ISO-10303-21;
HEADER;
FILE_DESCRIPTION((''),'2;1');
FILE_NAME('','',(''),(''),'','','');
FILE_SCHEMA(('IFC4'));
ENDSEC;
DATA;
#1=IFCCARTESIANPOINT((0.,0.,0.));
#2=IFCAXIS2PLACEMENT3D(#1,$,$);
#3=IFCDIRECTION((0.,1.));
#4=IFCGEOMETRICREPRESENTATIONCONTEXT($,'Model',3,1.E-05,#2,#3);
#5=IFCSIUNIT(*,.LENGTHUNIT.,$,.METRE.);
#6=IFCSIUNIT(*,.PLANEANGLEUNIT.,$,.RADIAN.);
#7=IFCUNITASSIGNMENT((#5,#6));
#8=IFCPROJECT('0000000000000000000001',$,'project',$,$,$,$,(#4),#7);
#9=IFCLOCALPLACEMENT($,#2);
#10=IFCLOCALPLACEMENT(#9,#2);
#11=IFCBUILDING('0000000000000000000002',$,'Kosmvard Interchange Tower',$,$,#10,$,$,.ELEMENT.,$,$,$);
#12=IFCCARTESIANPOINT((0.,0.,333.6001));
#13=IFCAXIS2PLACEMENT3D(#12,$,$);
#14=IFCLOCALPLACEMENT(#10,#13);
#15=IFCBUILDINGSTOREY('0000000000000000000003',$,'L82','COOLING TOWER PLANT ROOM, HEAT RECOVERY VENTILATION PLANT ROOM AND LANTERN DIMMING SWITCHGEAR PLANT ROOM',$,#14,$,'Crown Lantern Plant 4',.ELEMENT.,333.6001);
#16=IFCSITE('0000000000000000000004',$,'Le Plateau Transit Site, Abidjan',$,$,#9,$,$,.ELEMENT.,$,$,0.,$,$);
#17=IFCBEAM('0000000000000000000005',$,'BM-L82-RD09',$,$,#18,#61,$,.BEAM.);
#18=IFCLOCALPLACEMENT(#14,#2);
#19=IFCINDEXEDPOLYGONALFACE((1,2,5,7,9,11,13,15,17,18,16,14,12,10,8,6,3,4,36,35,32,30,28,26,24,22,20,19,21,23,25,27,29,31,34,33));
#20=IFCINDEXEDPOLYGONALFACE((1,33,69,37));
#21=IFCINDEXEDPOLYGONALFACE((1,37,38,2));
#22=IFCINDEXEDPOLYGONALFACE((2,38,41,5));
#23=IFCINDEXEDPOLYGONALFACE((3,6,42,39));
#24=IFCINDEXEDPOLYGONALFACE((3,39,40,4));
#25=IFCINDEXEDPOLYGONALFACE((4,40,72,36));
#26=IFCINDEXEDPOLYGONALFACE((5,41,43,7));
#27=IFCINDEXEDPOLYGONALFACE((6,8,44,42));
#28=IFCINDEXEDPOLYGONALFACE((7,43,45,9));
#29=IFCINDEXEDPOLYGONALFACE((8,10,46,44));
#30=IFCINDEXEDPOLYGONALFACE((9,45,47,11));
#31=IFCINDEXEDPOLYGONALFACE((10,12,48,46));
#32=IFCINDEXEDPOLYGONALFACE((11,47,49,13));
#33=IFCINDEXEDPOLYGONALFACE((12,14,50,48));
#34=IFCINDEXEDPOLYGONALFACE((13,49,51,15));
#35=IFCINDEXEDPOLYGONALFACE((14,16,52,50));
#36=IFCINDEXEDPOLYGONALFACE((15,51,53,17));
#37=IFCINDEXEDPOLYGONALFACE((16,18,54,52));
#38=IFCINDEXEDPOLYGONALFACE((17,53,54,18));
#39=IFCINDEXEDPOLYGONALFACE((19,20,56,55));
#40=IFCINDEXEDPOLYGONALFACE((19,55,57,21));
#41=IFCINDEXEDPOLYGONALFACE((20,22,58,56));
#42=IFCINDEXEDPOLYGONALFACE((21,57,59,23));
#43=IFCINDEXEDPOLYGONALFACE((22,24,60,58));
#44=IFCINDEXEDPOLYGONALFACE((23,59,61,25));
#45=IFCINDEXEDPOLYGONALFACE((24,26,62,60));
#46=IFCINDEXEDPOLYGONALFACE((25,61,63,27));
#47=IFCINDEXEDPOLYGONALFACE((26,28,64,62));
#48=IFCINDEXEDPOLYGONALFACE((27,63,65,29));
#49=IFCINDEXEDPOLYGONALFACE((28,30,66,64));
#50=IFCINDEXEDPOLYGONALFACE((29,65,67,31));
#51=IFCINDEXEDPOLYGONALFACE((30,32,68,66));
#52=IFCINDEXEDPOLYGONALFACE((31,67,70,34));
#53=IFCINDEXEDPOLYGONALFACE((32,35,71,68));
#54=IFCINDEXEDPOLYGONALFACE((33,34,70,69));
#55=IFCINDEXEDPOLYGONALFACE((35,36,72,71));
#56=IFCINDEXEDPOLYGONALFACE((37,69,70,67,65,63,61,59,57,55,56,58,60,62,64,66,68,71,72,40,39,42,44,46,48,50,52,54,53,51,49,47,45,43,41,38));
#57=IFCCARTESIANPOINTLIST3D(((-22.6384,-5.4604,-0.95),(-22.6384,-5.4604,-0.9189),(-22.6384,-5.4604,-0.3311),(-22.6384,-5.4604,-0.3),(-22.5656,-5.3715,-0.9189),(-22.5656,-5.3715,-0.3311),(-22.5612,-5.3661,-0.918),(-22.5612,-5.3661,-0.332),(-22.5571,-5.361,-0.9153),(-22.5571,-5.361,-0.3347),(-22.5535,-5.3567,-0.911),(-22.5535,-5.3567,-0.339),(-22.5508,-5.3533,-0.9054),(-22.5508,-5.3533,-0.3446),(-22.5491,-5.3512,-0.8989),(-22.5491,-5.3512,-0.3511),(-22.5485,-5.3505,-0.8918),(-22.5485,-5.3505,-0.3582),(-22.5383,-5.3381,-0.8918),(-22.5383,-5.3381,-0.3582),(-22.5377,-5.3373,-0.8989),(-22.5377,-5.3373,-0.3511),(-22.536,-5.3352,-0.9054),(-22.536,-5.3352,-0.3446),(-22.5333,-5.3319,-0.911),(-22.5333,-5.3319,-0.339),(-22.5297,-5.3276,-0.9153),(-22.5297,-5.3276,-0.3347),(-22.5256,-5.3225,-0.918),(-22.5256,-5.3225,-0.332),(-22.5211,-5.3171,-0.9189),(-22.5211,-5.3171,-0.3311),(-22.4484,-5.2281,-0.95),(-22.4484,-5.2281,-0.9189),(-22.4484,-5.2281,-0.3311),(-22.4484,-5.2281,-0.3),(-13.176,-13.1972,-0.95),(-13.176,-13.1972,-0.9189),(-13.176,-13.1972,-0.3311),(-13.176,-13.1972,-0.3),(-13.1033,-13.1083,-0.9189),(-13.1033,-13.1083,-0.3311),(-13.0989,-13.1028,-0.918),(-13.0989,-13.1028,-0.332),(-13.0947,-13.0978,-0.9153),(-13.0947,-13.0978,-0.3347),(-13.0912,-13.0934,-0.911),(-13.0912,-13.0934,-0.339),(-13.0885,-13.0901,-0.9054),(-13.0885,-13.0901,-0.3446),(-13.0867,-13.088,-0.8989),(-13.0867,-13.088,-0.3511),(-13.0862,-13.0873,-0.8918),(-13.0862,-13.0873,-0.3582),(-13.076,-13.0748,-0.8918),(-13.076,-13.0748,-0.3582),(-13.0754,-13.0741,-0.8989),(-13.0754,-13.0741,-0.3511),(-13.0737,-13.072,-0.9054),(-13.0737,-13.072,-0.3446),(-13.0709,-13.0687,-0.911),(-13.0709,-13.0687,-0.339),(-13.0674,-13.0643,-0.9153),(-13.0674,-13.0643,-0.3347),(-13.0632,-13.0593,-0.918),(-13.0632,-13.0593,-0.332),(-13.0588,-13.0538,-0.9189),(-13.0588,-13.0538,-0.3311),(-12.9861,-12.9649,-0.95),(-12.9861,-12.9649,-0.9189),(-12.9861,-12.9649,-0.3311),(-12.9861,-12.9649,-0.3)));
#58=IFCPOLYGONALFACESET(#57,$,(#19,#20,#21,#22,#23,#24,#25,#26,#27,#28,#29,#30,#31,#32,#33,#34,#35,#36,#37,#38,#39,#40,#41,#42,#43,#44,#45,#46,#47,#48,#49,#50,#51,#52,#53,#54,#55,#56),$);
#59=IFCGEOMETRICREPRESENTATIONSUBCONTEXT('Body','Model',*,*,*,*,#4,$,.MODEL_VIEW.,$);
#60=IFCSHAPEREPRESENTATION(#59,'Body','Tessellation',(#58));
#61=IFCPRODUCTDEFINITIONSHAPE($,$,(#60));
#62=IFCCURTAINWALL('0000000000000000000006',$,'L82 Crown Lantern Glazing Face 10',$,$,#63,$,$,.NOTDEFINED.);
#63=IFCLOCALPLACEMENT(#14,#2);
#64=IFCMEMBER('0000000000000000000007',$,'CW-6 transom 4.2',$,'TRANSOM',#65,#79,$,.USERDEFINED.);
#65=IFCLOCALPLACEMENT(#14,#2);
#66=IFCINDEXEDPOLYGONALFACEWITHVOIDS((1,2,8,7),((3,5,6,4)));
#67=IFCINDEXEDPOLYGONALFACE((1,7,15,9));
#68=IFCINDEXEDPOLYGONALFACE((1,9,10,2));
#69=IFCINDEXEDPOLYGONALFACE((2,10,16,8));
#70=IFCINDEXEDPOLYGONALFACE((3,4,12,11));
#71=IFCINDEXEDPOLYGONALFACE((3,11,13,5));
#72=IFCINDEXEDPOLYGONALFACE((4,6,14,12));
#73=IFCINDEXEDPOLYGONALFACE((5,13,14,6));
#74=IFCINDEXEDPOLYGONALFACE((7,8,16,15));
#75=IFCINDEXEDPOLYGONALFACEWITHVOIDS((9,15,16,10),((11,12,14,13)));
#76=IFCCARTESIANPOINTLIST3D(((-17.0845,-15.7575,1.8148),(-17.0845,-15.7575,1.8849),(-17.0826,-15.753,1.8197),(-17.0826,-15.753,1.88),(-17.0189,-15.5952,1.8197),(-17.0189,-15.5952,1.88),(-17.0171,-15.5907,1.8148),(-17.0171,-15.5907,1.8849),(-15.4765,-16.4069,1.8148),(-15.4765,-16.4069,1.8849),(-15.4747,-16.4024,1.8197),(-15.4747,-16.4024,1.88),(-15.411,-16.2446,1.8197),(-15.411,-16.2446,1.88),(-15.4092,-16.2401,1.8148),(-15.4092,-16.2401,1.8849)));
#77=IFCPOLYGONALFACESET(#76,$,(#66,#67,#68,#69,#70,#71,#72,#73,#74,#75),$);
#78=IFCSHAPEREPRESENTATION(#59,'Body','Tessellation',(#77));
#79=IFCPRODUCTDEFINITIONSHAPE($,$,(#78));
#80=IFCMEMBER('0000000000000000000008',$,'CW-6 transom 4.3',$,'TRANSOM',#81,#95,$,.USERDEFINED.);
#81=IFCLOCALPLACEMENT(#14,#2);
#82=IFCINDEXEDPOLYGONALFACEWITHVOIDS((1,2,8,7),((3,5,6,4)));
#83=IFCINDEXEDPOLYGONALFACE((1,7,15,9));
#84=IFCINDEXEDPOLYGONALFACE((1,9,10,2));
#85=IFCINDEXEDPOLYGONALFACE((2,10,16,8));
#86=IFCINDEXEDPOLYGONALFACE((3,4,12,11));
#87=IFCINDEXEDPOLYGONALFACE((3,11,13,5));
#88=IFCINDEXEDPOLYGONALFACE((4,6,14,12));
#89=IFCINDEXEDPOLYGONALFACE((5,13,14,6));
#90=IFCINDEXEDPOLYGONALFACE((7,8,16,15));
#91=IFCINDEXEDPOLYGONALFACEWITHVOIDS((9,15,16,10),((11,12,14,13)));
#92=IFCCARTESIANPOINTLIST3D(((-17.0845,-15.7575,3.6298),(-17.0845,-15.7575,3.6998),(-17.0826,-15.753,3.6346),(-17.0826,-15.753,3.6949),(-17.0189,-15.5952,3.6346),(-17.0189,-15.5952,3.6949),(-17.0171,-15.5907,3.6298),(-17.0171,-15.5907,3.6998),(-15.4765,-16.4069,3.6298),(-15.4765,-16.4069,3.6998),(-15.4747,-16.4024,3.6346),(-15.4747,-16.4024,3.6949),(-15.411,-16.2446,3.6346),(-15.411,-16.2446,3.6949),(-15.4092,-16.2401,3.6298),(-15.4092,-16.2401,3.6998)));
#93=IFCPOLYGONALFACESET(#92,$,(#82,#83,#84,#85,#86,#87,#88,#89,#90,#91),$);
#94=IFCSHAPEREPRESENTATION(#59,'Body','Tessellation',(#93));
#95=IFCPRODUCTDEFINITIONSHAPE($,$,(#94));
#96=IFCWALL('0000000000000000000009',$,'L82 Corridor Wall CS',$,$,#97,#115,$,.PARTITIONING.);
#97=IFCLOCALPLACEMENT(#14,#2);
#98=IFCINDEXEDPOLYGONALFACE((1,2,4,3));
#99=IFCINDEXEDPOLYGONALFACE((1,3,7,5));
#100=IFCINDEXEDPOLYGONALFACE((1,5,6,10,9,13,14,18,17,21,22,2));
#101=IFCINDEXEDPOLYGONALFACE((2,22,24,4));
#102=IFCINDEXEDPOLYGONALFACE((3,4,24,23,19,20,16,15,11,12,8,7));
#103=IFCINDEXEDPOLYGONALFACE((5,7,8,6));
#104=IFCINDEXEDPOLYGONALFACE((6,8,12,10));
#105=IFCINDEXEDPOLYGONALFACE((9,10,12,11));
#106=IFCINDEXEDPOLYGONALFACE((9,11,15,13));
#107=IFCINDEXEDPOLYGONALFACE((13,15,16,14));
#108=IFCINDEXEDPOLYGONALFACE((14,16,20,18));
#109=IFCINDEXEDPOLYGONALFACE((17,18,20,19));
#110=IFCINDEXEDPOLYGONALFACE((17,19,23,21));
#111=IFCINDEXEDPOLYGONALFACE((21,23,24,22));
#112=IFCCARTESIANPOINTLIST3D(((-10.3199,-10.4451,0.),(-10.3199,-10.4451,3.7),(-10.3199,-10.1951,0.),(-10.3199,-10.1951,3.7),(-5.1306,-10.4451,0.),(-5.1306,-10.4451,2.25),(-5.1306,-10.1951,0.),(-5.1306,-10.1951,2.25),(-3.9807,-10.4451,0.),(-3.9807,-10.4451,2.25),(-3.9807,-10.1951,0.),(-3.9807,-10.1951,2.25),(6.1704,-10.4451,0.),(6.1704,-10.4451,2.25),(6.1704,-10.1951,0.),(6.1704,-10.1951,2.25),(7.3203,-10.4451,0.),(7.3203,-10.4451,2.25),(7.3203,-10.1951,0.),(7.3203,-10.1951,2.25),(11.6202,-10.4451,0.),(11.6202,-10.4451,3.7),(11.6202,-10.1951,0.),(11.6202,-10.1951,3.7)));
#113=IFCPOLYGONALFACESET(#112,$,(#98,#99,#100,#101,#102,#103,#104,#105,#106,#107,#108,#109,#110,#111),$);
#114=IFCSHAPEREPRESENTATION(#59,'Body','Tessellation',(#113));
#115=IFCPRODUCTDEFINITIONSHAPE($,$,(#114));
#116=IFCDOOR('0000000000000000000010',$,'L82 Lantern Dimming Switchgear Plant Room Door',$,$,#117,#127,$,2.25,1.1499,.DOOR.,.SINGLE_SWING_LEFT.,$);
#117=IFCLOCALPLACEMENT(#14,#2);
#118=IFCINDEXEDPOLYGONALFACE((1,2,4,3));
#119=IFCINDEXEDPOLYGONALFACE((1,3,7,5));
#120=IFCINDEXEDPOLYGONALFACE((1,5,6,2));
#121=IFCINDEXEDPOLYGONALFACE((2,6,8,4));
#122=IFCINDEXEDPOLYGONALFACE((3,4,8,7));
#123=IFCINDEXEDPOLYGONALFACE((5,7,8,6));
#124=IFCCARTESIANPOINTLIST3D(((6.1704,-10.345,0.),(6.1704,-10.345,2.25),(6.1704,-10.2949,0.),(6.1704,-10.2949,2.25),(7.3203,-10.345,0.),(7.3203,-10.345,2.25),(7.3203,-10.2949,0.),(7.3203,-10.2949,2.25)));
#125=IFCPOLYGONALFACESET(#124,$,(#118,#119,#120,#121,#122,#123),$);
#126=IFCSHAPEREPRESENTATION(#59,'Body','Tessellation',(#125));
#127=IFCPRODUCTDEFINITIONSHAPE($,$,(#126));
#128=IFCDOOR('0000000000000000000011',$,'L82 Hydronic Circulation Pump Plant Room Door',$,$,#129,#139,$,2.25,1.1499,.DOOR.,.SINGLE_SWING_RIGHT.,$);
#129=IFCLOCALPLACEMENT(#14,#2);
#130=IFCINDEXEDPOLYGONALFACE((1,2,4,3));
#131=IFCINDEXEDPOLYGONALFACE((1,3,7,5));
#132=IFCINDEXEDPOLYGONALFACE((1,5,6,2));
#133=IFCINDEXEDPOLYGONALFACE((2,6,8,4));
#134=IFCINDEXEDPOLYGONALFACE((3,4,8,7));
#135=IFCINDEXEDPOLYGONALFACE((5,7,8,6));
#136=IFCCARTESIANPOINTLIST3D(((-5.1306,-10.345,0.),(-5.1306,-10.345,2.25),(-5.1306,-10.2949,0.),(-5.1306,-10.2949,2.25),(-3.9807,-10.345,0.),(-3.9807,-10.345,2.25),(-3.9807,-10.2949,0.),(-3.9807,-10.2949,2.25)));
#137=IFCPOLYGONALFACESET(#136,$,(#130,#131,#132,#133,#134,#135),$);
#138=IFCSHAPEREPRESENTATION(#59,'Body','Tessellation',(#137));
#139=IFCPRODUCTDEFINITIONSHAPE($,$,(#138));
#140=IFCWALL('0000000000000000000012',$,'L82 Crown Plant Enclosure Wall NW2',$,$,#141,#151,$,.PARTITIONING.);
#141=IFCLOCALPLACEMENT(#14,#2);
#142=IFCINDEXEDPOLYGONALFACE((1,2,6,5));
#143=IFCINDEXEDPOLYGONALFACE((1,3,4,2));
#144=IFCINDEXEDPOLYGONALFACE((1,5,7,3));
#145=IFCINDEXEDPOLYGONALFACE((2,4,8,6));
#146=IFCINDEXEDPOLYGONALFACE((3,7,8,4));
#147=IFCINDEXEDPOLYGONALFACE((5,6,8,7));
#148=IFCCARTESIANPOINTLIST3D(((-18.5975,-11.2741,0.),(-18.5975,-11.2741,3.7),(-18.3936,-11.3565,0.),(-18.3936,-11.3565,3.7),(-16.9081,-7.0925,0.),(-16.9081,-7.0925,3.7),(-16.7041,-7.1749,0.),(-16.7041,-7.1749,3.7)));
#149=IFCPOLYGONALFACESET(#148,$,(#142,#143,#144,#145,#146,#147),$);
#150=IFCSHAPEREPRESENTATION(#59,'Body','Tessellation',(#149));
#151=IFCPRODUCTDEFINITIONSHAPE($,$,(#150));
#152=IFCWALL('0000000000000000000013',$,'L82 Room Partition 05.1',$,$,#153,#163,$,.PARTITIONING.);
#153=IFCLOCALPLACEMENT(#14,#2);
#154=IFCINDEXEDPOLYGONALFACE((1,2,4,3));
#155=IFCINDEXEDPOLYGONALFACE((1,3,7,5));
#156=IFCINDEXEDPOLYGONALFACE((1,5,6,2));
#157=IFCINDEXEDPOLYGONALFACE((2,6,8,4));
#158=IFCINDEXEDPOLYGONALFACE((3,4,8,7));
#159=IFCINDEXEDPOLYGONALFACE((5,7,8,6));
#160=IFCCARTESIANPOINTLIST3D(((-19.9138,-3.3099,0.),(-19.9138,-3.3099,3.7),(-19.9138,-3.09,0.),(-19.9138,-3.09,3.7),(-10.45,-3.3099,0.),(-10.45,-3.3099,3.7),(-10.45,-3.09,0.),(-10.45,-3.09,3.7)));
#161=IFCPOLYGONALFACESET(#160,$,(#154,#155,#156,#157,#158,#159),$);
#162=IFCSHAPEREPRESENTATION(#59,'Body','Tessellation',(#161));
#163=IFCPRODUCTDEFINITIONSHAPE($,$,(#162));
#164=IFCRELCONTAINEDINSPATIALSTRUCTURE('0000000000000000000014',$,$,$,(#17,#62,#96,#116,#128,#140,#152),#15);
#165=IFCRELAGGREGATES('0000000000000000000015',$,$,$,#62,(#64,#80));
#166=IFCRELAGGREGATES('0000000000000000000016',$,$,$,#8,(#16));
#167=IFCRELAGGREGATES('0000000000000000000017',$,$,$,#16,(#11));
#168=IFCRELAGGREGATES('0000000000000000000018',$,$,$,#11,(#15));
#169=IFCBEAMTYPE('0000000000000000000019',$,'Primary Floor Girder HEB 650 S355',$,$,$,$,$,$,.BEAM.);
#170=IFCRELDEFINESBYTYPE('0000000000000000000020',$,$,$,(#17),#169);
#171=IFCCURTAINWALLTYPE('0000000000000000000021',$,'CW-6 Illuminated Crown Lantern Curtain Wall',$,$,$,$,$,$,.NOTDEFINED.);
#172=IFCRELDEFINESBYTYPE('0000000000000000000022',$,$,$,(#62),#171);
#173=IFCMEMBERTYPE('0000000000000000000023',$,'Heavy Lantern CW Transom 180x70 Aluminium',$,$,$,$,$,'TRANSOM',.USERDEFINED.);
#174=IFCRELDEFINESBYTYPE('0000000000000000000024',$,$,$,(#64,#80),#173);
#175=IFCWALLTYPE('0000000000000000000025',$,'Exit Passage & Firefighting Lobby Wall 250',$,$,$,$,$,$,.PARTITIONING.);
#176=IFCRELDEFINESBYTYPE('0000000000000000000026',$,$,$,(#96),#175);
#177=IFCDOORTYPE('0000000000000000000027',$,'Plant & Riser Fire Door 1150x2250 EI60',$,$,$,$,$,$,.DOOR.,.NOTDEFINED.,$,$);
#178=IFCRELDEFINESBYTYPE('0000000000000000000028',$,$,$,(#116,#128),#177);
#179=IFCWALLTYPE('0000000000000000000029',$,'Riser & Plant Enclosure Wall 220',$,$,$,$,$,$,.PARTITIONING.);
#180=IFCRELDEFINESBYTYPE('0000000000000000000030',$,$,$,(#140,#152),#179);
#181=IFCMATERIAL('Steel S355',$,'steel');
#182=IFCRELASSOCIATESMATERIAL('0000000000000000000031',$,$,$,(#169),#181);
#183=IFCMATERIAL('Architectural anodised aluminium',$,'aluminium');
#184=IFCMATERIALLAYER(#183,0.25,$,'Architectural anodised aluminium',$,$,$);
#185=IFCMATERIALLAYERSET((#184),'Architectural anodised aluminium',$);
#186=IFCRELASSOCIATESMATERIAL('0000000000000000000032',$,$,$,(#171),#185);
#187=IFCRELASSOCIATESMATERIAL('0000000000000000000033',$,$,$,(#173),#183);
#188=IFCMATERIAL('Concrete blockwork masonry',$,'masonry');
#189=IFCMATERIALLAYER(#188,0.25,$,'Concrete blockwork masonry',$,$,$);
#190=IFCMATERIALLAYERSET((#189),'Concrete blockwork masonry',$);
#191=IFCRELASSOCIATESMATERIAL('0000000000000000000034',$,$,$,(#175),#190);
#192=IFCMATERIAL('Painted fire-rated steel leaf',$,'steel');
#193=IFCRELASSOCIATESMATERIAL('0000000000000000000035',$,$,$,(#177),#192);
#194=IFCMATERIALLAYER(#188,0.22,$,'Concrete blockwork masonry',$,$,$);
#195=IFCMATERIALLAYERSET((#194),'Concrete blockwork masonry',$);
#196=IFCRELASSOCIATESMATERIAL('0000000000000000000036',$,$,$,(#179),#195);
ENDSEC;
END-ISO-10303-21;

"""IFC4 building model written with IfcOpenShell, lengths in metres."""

from ifc_helpers import new_model, si_unit, direction, frame, frame_2d, origin, origin_2d, place, context, subcontext, project, spatial, rectangle, hollow_rectangle, i_section, extrude, source, transform, mapped, material, layer, layer_set, material_profile, profile_set, type_object, element, fill, aggregate, save


model = new_model("IFC4")

# Units and contexts
model_context = context("Model", 3, precision=1e-05, world=origin(), true_north=direction((0.0, 1.0)))
body_context = subcontext(model_context, "Body", "Model", "MODEL_VIEW")
ifc_project = project(units=[si_unit("LENGTHUNIT", "METRE"), si_unit("PLANEANGLEUNIT", "RADIAN")], contexts=[model_context])

# Site, building, storey
site_placement = place(None, origin())
site = spatial("IfcSite", under=ifc_project, at=site_placement, Name="Le Plateau Transit Site, Abidjan", CompositionType="ELEMENT", RefElevation=0.0)
building_placement = place(site_placement, origin())
building = spatial("IfcBuilding", under=site, at=building_placement, Name="Kosmvard Interchange Tower", CompositionType="ELEMENT")
storey_placement = place(building_placement, frame((0.0, 0.0, 333.6001)))
storey = spatial("IfcBuildingStorey", under=building, at=storey_placement, Name="L82", Description="COOLING TOWER PLANT ROOM, HEAT RECOVERY VENTILATION PLANT ROOM AND LANTERN DIMMING SWITCHGEAR PLANT ROOM", LongName="Crown Lantern Plant 4", CompositionType="ELEMENT", Elevation=333.6001)

# Beam
ifc_material_1 = material(Name="Steel S355", Category="steel")
ifc_material_profile_1 = material_profile(ifc_material_1, i_section(OverallWidth=0.3, OverallDepth=0.6499, WebThickness=0.0161, FlangeThickness=0.031, FilletRadius=0.0271, at=origin_2d()), Name="HEB 650")
ifc_profile_set_1 = profile_set([ifc_material_profile_1], Name="Steel S355")
beam_type_1 = type_object("IfcBeamType", Name="Primary Floor Girder HEB 650 S355", PredefinedType="BEAM", material=ifc_profile_set_1)
shared_shape_1 = source(origin(), body_context, "Body", "SweptSolid", [
    extrude(i_section(OverallWidth=0.3, OverallDepth=0.6499, WebThickness=0.0161, FlangeThickness=0.031, FilletRadius=0.0271, at=origin_2d()), origin(), (0.0, 0.0, 1.0), 12.2227),
])
beam_1_placement = place(storey_placement, frame((-13.0811, -13.0811, -0.625), z_axis=(-0.774164, 0.632985, 0.0), x_axis=(-0.632985, -0.774164, 0.0)))
element("IfcBeam", 1, at=beam_1_placement, inside=storey, type_object=beam_type_1, Name="BM-L82-RD09", PredefinedType="BEAM", context=body_context, shape_type="MappedRepresentation", body=[
    mapped(shared_shape_1, transform((0.0, 0.0, 0.0), scale=1.0)),
])

# Curtain wall, members
ifc_material_2 = material(Name="Architectural anodised aluminium", Category="aluminium")
ifc_layer_1 = layer(ifc_material_2, 0.25, Name="Architectural anodised aluminium")
ifc_layer_set_1 = layer_set([ifc_layer_1], Name="Architectural anodised aluminium")
curtain_wall_type = type_object("IfcCurtainWallType", Name="CW-6 Illuminated Crown Lantern Curtain Wall", PredefinedType="NOTDEFINED", material=ifc_layer_set_1)
curtain_wall_placement = place(storey_placement, origin())
curtain_wall = element("IfcCurtainWall", 2, at=curtain_wall_placement, inside=storey, type_object=curtain_wall_type, Name="L82 Crown Lantern Glazing Face 10", PredefinedType="NOTDEFINED")
ifc_material_profile_2 = material_profile(ifc_material_2, hollow_rectangle(XDim=0.1799, YDim=0.0701, WallThickness=0.0049, at=origin_2d()), Name="CWT 180x70x5")
ifc_profile_set_2 = profile_set([ifc_material_profile_2], Name="Architectural anodised aluminium")
member_type = type_object("IfcMemberType", Name="Heavy Lantern CW Transom 180x70 Aluminium", ElementType="TRANSOM", PredefinedType="USERDEFINED", material=ifc_profile_set_2)
shared_shape_2 = source(origin(), body_context, "Body", "SweptSolid", [
    extrude(hollow_rectangle(XDim=0.1799, YDim=0.0701, WallThickness=0.0049, at=origin_2d()), origin(), (0.0, 0.0, 1.0), 1.7341),
])
member_1_placement = place(storey_placement, frame((-17.0508, -15.6741, 1.8499), z_axis=(0.927229, -0.374496, 0.0), x_axis=(0.374496, 0.927229, 0.0)))
member_1 = element("IfcMember", 3, at=member_1_placement, type_object=member_type, Name="CW-6 transom 4.2", ObjectType="TRANSOM", PredefinedType="USERDEFINED", context=body_context, shape_type="MappedRepresentation", body=[
    mapped(shared_shape_2, transform((0.0, 0.0, 0.0), scale=1.0)),
])
member_2_placement = place(storey_placement, frame((-17.0508, -15.6741, 3.6648), z_axis=(0.927229, -0.374496, 0.0), x_axis=(0.374496, 0.927229, 0.0)))
member_2 = element("IfcMember", 4, at=member_2_placement, type_object=member_type, Name="CW-6 transom 4.3", ObjectType="TRANSOM", PredefinedType="USERDEFINED", context=body_context, shape_type="MappedRepresentation", body=[
    mapped(shared_shape_2, transform((0.0, 0.0, 0.0), scale=1.0)),
])
aggregate(curtain_wall, [member_1, member_2])

# Wall, openings, doors
ifc_material_3 = material(Name="Concrete blockwork masonry", Category="masonry")
ifc_layer_2 = layer(ifc_material_3, 0.25, Name="Concrete blockwork masonry")
ifc_layer_set_2 = layer_set([ifc_layer_2], Name="Concrete blockwork masonry")
wall_type_1 = type_object("IfcWallType", Name="Exit Passage & Firefighting Lobby Wall 250", PredefinedType="PARTITIONING", material=ifc_layer_set_2)
wall_1_placement = place(storey_placement, frame((-10.3201, -10.3201, 0.0), z_axis=(0.0, 0.0, 1.0), x_axis=(1.0, 0.0, 0.0)))
wall_1 = element("IfcWall", 5, at=wall_1_placement, inside=storey, type_object=wall_type_1, Name="L82 Corridor Wall CS", PredefinedType="PARTITIONING", context=body_context, shape_type="SweptSolid", body=[
    extrude(rectangle(XDim=21.9402, YDim=0.25, at=frame_2d((10.9702, 0.0))), origin(), (0.0, 0.0, 1.0), 3.7),
])
opening_1_placement = place(wall_1_placement, frame((16.4905, 0.0, 0.0)))
opening_1 = element("IfcOpeningElement", 6, at=opening_1_placement, cuts=wall_1, PredefinedType="OPENING", context=body_context, shape_type="SweptSolid", body=[
    extrude(rectangle(XDim=1.1499, YDim=2.25, at=frame_2d((0.575, 1.125))), frame((0.0, 0.135, 0.0), z_axis=(0.0, -1.0, 0.0), x_axis=(1.0, 0.0, 0.0)), (0.0, 0.0, 1.0), 0.27),
])
opening_2_placement = place(wall_1_placement, frame((5.1895, 0.0, 0.0)))
opening_2 = element("IfcOpeningElement", 7, at=opening_2_placement, cuts=wall_1, PredefinedType="OPENING", context=body_context, shape_type="SweptSolid", body=[
    extrude(rectangle(XDim=1.1499, YDim=2.25, at=frame_2d((0.575, 1.125))), frame((0.0, 0.135, 0.0), z_axis=(0.0, -1.0, 0.0), x_axis=(1.0, 0.0, 0.0)), (0.0, 0.0, 1.0), 0.27),
])
ifc_material_4 = material(Name="Painted fire-rated steel leaf", Category="steel")
door_type = type_object("IfcDoorType", Name="Plant & Riser Fire Door 1150x2250 EI60", OperationType="NOTDEFINED", PredefinedType="DOOR", material=ifc_material_4)
shared_shape_3 = source(origin(), body_context, "Body", "SweptSolid", [
    extrude(rectangle(XDim=1.1499, YDim=2.25, at=frame_2d((0.575, 1.125))), frame((0.0, 0.0249, 0.0), z_axis=(0.0, -1.0, 0.0), x_axis=(1.0, 0.0, 0.0)), (0.0, 0.0, 1.0), 0.05),
])
door_1_placement = place(opening_1_placement, frame((1.1499, 0.0, 0.0), z_axis=(0.0, 0.0, 1.0), x_axis=(-1.0, 0.0, 0.0)))
door_1 = element("IfcDoor", 8, at=door_1_placement, inside=storey, type_object=door_type, Name="L82 Lantern Dimming Switchgear Plant Room Door", OperationType="SINGLE_SWING_LEFT", OverallHeight=2.25, OverallWidth=1.1499, PredefinedType="DOOR", context=body_context, shape_type="MappedRepresentation", body=[
    mapped(shared_shape_3, transform((0.0, 0.0, 0.0), scale=1.0)),
])
fill(opening_1, door_1)
door_2_placement = place(opening_2_placement, frame((1.1499, 0.0, 0.0), z_axis=(0.0, 0.0, 1.0), x_axis=(-1.0, 0.0, 0.0)))
door_2 = element("IfcDoor", 9, at=door_2_placement, inside=storey, type_object=door_type, Name="L82 Hydronic Circulation Pump Plant Room Door", OperationType="SINGLE_SWING_RIGHT", OverallHeight=2.25, OverallWidth=1.1499, PredefinedType="DOOR", context=body_context, shape_type="MappedRepresentation", body=[
    mapped(shared_shape_3, transform((0.0, 0.0, 0.0), scale=1.0)),
])
fill(opening_2, door_2)

# Walls
ifc_layer_3 = layer(ifc_material_3, 0.22, Name="Concrete blockwork masonry")
ifc_layer_set_3 = layer_set([ifc_layer_3], Name="Concrete blockwork masonry")
wall_type_2 = type_object("IfcWallType", Name="Riser & Plant Enclosure Wall 220", PredefinedType="PARTITIONING", material=ifc_layer_set_3)
wall_2_placement = place(storey_placement, frame((-16.8062, -7.1338, 0.0), z_axis=(0.0, 0.0, 1.0), x_axis=(-0.374599, -0.927187, 0.0)))
element("IfcWall", 10, at=wall_2_placement, inside=storey, type_object=wall_type_2, Name="L82 Crown Plant Enclosure Wall NW2", PredefinedType="PARTITIONING", context=body_context, shape_type="SweptSolid", body=[
    extrude(rectangle(XDim=4.51, YDim=0.22, at=frame_2d((2.2549, 0.0))), origin(), (0.0, 0.0, 1.0), 3.7),
])
wall_3_placement = place(storey_placement, frame((-10.45, -3.2, 0.0), z_axis=(0.0, 0.0, 1.0), x_axis=(-1.0, 0.0, 0.0)))
element("IfcWall", 11, at=wall_3_placement, inside=storey, type_object=wall_type_2, Name="L82 Room Partition 05.1", PredefinedType="PARTITIONING", context=body_context, shape_type="SweptSolid", body=[
    extrude(rectangle(XDim=9.4639, YDim=0.22, at=frame_2d((4.7319, 0.0))), origin(), (0.0, 0.0, 1.0), 3.7),
])

save(model, "model.ifc")
